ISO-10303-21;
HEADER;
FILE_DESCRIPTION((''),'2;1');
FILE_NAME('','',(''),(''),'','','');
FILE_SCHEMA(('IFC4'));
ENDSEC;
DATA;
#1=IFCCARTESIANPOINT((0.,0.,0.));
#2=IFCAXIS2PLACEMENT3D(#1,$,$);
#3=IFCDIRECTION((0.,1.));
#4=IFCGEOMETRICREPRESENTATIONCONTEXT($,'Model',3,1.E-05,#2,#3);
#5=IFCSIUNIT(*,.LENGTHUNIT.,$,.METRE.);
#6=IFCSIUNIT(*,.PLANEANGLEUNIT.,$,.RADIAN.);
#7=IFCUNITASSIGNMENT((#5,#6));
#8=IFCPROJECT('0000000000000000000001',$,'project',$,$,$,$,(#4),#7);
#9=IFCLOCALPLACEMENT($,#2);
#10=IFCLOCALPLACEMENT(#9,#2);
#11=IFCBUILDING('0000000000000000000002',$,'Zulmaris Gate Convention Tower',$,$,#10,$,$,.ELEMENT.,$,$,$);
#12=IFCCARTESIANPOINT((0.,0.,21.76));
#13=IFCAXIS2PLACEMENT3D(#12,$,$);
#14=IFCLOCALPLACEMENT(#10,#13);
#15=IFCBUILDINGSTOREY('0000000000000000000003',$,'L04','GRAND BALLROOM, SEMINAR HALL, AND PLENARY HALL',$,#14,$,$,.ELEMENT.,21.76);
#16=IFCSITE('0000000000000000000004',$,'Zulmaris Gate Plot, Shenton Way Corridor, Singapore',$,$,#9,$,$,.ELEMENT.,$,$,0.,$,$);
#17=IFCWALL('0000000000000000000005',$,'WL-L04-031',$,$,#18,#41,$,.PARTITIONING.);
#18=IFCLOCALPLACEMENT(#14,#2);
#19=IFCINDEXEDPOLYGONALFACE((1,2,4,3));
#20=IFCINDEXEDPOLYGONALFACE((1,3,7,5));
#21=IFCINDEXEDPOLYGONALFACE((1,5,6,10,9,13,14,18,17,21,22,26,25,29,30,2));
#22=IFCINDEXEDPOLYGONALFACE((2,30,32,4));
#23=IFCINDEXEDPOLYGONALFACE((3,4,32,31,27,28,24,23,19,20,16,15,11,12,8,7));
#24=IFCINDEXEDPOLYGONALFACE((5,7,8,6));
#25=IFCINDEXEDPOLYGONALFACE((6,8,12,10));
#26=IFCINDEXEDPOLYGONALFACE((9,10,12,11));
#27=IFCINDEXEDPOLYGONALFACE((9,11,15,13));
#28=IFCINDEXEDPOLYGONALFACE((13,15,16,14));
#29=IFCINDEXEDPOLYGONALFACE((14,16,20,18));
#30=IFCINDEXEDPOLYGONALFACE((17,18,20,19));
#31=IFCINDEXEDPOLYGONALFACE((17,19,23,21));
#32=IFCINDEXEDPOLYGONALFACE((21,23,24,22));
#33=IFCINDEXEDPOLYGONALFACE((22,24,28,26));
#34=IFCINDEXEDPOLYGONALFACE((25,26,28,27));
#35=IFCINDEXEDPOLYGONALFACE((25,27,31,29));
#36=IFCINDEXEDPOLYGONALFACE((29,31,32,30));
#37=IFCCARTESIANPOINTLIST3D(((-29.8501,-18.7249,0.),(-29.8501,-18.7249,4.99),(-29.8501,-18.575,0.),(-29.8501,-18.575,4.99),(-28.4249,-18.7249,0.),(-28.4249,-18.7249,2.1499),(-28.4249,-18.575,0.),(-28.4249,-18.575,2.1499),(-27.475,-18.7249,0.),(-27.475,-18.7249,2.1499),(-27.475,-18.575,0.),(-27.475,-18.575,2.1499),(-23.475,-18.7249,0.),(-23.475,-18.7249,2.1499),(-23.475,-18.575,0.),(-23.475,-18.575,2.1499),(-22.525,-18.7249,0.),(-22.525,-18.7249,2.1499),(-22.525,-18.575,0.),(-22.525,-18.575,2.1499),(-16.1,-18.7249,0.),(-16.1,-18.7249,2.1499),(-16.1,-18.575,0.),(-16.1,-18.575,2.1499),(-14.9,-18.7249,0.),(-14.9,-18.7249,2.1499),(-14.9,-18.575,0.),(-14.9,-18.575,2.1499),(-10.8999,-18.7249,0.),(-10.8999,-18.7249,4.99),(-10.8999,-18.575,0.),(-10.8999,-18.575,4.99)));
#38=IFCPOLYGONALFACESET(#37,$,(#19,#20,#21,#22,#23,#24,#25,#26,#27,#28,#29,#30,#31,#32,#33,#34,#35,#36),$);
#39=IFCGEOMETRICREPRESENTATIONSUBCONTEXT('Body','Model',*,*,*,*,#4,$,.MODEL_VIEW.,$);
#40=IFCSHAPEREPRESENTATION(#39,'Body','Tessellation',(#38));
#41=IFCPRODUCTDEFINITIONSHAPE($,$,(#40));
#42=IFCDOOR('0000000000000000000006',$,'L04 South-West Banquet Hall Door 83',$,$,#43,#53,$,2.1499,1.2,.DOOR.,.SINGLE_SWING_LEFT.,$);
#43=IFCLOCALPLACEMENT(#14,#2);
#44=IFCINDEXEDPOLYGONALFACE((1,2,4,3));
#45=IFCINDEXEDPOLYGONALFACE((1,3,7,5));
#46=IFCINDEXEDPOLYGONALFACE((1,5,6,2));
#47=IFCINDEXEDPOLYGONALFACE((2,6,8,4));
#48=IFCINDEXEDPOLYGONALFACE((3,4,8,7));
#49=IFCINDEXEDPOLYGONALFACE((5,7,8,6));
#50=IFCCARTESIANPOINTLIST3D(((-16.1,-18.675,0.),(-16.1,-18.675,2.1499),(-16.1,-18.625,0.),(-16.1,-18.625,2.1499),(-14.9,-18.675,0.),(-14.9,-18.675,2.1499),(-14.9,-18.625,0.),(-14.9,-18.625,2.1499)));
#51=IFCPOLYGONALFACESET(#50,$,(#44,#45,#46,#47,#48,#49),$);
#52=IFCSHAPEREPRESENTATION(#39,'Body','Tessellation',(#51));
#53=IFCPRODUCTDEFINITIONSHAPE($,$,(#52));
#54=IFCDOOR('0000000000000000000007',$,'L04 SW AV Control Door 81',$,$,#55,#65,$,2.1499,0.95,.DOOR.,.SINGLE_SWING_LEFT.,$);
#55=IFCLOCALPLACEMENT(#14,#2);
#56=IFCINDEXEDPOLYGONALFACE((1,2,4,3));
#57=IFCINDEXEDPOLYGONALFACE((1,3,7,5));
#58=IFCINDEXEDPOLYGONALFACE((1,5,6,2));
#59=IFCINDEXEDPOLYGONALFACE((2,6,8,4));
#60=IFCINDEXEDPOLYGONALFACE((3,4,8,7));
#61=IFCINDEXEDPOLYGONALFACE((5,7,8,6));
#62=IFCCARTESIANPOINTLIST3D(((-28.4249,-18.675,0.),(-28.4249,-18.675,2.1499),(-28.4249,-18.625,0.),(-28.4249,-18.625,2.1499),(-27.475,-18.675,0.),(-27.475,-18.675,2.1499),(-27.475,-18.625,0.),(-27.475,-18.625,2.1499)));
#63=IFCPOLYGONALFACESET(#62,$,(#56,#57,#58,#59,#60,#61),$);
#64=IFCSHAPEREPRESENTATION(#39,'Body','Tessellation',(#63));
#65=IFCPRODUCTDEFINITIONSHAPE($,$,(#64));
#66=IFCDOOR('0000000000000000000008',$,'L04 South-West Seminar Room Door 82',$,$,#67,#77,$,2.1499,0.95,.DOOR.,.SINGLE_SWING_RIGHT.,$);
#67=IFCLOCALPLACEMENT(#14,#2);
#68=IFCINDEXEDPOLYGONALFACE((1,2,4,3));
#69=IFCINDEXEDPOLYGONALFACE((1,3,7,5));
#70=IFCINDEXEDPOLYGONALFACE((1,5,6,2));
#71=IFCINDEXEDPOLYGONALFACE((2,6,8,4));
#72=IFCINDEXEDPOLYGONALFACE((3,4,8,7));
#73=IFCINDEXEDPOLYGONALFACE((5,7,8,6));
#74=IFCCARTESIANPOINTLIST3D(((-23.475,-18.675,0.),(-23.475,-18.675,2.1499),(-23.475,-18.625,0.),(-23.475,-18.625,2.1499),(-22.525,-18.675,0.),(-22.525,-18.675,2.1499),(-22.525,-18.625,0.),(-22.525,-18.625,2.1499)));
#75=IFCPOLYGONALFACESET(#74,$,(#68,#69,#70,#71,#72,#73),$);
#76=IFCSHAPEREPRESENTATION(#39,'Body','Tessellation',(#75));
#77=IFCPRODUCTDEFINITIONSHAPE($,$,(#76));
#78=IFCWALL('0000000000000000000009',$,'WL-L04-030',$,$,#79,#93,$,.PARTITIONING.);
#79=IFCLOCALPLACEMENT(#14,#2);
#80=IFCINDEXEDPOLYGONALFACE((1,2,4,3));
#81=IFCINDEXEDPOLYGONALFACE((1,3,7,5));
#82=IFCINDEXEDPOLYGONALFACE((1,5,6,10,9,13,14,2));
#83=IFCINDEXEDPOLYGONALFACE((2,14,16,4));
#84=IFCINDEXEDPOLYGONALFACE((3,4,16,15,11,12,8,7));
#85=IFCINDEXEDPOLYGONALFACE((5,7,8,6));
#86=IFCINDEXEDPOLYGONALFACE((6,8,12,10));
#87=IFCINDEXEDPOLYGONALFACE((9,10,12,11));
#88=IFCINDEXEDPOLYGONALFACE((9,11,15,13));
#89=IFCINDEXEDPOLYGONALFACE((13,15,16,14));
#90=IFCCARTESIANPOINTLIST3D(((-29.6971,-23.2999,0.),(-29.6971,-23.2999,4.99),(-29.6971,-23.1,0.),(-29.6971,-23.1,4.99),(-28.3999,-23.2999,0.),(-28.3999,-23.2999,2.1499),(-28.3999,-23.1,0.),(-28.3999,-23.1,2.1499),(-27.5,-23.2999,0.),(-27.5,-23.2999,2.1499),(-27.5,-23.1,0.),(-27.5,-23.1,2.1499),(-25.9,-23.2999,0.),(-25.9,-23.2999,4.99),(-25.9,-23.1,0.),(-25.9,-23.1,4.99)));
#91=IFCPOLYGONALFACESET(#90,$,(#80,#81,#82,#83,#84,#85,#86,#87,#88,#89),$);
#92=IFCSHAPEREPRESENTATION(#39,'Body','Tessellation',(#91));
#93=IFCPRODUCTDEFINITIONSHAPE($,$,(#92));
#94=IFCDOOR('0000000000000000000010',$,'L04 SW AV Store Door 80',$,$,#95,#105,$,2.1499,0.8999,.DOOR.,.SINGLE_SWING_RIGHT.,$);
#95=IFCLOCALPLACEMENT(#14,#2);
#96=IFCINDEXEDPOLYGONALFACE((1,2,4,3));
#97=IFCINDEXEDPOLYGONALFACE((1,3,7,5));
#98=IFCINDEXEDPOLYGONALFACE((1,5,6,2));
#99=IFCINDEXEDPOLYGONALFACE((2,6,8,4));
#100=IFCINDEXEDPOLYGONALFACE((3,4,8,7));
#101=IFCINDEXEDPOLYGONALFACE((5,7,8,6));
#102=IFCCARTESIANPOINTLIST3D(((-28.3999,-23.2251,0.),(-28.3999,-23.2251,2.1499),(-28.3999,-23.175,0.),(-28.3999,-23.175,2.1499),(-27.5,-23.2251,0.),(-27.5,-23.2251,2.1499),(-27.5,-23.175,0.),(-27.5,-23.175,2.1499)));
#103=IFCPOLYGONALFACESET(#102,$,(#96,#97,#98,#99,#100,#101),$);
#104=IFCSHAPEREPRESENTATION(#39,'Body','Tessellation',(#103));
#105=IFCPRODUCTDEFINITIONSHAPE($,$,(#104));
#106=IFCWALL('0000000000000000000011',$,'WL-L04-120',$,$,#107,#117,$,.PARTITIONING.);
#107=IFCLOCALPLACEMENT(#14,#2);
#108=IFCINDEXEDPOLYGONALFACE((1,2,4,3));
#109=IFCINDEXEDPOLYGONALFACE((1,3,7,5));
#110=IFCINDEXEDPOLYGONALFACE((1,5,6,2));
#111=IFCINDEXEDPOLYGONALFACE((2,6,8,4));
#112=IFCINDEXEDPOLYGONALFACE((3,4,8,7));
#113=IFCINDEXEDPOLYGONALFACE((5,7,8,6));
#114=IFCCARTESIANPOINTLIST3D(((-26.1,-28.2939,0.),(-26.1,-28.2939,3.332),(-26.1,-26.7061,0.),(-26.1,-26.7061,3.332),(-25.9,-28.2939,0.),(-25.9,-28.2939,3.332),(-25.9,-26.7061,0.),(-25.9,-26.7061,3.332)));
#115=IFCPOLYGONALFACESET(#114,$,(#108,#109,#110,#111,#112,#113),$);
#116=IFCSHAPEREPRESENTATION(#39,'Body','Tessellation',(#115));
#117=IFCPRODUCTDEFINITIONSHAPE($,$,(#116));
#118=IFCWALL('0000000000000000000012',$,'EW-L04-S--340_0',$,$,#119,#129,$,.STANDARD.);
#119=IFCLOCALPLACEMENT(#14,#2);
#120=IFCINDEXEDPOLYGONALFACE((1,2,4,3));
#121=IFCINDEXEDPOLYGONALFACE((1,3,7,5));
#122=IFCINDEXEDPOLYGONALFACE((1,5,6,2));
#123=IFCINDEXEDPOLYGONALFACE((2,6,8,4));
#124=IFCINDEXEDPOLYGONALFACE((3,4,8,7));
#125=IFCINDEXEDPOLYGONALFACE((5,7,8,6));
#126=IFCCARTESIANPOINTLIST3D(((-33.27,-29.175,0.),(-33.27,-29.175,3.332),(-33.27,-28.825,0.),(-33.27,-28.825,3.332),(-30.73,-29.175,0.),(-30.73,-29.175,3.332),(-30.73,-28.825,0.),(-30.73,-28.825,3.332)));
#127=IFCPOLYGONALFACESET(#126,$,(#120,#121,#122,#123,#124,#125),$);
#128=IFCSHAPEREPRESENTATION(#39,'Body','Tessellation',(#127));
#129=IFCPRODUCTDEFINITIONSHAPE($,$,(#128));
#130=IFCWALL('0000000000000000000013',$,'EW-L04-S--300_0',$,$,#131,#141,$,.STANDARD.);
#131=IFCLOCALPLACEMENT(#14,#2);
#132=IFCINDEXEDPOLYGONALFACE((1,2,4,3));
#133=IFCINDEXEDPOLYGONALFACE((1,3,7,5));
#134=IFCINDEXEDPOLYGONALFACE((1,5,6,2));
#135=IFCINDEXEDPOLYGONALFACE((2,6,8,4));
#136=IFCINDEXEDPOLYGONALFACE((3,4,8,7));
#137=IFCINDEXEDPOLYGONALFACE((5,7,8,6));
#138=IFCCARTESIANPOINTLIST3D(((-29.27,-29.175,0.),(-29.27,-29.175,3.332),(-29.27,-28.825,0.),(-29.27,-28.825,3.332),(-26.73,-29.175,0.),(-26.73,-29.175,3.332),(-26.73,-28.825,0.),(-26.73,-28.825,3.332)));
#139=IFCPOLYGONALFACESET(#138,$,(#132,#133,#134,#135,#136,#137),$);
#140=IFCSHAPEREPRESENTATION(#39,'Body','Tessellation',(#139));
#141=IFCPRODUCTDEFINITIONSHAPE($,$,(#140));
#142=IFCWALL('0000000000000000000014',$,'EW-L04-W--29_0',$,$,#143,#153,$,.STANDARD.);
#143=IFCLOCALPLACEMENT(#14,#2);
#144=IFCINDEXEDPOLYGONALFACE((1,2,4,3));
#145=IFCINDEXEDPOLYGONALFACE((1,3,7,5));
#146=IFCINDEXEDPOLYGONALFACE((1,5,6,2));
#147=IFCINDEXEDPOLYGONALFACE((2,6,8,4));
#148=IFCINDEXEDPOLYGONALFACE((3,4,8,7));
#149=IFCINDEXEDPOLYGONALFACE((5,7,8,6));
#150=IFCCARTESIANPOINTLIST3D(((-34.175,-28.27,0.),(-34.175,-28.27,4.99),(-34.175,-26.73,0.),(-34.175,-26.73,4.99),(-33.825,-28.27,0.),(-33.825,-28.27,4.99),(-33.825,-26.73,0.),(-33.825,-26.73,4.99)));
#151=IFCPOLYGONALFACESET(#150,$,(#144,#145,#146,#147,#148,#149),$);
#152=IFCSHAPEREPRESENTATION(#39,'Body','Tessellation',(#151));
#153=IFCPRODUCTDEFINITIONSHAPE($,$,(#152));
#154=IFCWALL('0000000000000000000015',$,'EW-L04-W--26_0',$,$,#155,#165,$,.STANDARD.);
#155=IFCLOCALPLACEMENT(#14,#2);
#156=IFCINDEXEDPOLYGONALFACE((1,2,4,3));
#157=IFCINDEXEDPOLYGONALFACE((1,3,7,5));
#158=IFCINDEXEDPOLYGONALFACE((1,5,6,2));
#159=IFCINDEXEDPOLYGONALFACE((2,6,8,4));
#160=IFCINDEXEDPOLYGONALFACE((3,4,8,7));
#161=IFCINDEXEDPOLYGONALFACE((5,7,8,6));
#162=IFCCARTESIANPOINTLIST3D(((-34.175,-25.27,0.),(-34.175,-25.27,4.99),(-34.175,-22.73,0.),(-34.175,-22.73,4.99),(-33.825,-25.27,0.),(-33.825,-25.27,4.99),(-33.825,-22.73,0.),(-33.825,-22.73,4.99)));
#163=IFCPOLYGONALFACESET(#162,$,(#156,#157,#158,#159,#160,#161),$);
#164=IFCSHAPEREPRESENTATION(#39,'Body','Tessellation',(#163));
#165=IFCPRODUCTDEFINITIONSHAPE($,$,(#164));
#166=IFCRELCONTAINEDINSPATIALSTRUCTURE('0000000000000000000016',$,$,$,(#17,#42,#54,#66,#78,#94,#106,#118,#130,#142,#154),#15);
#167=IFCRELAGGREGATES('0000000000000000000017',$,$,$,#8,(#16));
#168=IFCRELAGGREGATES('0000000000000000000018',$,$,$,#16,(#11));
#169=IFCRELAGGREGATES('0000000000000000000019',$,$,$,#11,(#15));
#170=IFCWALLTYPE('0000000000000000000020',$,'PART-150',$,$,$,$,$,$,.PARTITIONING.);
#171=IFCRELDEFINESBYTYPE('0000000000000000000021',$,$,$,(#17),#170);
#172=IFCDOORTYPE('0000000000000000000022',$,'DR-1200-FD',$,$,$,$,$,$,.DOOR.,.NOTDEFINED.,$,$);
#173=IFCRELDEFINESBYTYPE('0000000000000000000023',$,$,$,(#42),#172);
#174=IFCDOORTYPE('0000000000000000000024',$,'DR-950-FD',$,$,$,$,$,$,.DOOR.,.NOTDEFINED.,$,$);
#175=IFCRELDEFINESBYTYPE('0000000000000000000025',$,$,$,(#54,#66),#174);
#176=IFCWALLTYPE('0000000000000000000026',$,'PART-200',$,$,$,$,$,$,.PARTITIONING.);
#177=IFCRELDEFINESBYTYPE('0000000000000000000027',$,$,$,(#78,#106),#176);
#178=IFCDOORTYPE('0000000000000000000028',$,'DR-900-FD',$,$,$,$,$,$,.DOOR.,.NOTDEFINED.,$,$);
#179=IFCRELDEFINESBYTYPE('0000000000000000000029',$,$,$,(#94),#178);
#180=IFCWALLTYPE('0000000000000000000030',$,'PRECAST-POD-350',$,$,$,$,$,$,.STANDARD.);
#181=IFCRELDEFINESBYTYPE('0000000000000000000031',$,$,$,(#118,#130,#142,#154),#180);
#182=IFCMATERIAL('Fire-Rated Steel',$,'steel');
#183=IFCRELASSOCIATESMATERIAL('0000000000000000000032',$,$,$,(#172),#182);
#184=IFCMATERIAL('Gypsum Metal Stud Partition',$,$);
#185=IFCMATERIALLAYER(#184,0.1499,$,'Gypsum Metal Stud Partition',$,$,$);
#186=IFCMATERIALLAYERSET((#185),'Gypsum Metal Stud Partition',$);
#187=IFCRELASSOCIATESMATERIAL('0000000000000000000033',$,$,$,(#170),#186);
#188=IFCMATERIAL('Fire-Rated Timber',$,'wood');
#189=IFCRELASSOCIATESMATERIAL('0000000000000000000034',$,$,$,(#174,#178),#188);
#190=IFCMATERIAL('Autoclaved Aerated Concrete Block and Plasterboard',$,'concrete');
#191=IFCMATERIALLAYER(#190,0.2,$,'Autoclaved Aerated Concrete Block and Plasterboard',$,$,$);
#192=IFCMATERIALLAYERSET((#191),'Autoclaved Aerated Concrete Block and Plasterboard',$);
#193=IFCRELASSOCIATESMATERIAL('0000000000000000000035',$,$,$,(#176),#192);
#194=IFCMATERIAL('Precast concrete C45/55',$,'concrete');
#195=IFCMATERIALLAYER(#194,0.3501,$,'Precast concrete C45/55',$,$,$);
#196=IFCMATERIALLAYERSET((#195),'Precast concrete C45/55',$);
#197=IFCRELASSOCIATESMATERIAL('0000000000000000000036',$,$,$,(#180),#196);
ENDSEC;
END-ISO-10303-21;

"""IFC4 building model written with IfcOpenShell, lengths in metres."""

from ifc_helpers import new_model, si_unit, direction, frame, frame_2d, origin, place, context, subcontext, project, spatial, rectangle, extrude, material, layer, layer_set, type_object, element, fill, save


model = new_model("IFC4")

# Units and contexts
model_context = context("Model", 3, precision=1e-05, world=origin(), true_north=direction((0.0, 1.0)))
body_context = subcontext(model_context, "Body", "Model", "MODEL_VIEW")
ifc_project = project(units=[si_unit("LENGTHUNIT", "METRE"), si_unit("PLANEANGLEUNIT", "RADIAN")], contexts=[model_context])

# Site, building, storey
site_placement = place(None, origin())
site = spatial("IfcSite", under=ifc_project, at=site_placement, Name="Zulmaris Gate Plot, Shenton Way Corridor, Singapore", CompositionType="ELEMENT", RefElevation=0.0)
building_placement = place(site_placement, origin())
building = spatial("IfcBuilding", under=site, at=building_placement, Name="Zulmaris Gate Convention Tower", CompositionType="ELEMENT")
storey_placement = place(building_placement, frame((0.0, 0.0, 21.76)))
storey = spatial("IfcBuildingStorey", under=building, at=storey_placement, Name="L04", Description="GRAND BALLROOM, SEMINAR HALL, AND PLENARY HALL", CompositionType="ELEMENT", Elevation=21.76)

# Shared definitions
ifc_material_1 = material(Name="Fire-Rated Steel", Category="steel")
door_type_1 = type_object("IfcDoorType", Name="DR-1200-FD", OperationType="NOTDEFINED", PredefinedType="DOOR", material=ifc_material_1)

# Wall, openings, doors
ifc_material_2 = material(Name="Gypsum Metal Stud Partition")
ifc_layer_1 = layer(ifc_material_2, 0.1499, Name="Gypsum Metal Stud Partition")
ifc_layer_set_1 = layer_set([ifc_layer_1], Name="Gypsum Metal Stud Partition")
wall_type_1 = type_object("IfcWallType", Name="PART-150", PredefinedType="PARTITIONING", material=ifc_layer_set_1)
wall_1_placement = place(storey_placement, frame((-29.8501, -18.6499, 0.0), z_axis=(0.0, 0.0, 1.0), x_axis=(1.0, 0.0, 0.0)))
wall_1 = element("IfcWall", 1, at=wall_1_placement, inside=storey, type_object=wall_type_1, Name="WL-L04-031", PredefinedType="PARTITIONING", context=body_context, shape_type="SweptSolid", body=[
    extrude(rectangle(XDim=18.9502, YDim=0.1499, at=frame_2d((9.4751, 0.0))), origin(), (0.0, 0.0, 1.0), 4.99),
])
opening_1_placement = place(wall_1_placement, frame((1.425, 0.0, 0.0)))
opening_1 = element("IfcOpeningElement", 2, at=opening_1_placement, cuts=wall_1, PredefinedType="OPENING", context=body_context, shape_type="SweptSolid", body=[
    extrude(rectangle(XDim=0.95, YDim=2.1499, at=frame_2d((0.4751, 1.075))), frame((0.0, 0.085, 0.0), z_axis=(0.0, -1.0, 0.0), x_axis=(1.0, 0.0, 0.0)), (0.0, 0.0, 1.0), 0.1699),
])
opening_2_placement = place(wall_1_placement, frame((6.375, 0.0, 0.0)))
opening_2 = element("IfcOpeningElement", 3, at=opening_2_placement, cuts=wall_1, PredefinedType="OPENING", context=body_context, shape_type="SweptSolid", body=[
    extrude(rectangle(XDim=0.95, YDim=2.1499, at=frame_2d((0.4751, 1.075))), frame((0.0, 0.085, 0.0), z_axis=(0.0, -1.0, 0.0), x_axis=(1.0, 0.0, 0.0)), (0.0, 0.0, 1.0), 0.1699),
])
opening_3_placement = place(wall_1_placement, frame((13.75, 0.0, 0.0)))
opening_3 = element("IfcOpeningElement", 4, at=opening_3_placement, cuts=wall_1, PredefinedType="OPENING", context=body_context, shape_type="SweptSolid", body=[
    extrude(rectangle(XDim=1.2, YDim=2.1499, at=frame_2d((0.6001, 1.075))), frame((0.0, 0.085, 0.0), z_axis=(0.0, -1.0, 0.0), x_axis=(1.0, 0.0, 0.0)), (0.0, 0.0, 1.0), 0.1699),
])
door_1_placement = place(opening_3_placement, origin())
door_1 = element("IfcDoor", 5, at=door_1_placement, inside=storey, type_object=door_type_1, Name="L04 South-West Banquet Hall Door 83", OperationType="SINGLE_SWING_LEFT", OverallHeight=2.1499, OverallWidth=1.2, PredefinedType="DOOR", context=body_context, shape_type="SweptSolid", body=[
    extrude(rectangle(XDim=1.2, YDim=2.1499, at=frame_2d((0.6001, 1.075))), frame((0.0, 0.0249, 0.0), z_axis=(0.0, -1.0, 0.0), x_axis=(1.0, 0.0, 0.0)), (0.0, 0.0, 1.0), 0.05),
])
fill(opening_3, door_1)
ifc_material_3 = material(Name="Fire-Rated Timber", Category="wood")
door_type_2 = type_object("IfcDoorType", Name="DR-950-FD", OperationType="NOTDEFINED", PredefinedType="DOOR", material=ifc_material_3)
door_2_placement = place(opening_1_placement, origin())
door_2 = element("IfcDoor", 6, at=door_2_placement, inside=storey, type_object=door_type_2, Name="L04 SW AV Control Door 81", OperationType="SINGLE_SWING_LEFT", OverallHeight=2.1499, OverallWidth=0.95, PredefinedType="DOOR", context=body_context, shape_type="SweptSolid", body=[
    extrude(rectangle(XDim=0.95, YDim=2.1499, at=frame_2d((0.4751, 1.075))), frame((0.0, 0.0249, 0.0), z_axis=(0.0, -1.0, 0.0), x_axis=(1.0, 0.0, 0.0)), (0.0, 0.0, 1.0), 0.05),
])
fill(opening_1, door_2)
door_3_placement = place(opening_2_placement, origin())
door_3 = element("IfcDoor", 7, at=door_3_placement, inside=storey, type_object=door_type_2, Name="L04 South-West Seminar Room Door 82", OperationType="SINGLE_SWING_RIGHT", OverallHeight=2.1499, OverallWidth=0.95, PredefinedType="DOOR", context=body_context, shape_type="SweptSolid", body=[
    extrude(rectangle(XDim=0.95, YDim=2.1499, at=frame_2d((0.4751, 1.075))), frame((0.0, 0.0249, 0.0), z_axis=(0.0, -1.0, 0.0), x_axis=(1.0, 0.0, 0.0)), (0.0, 0.0, 1.0), 0.05),
])
fill(opening_2, door_3)

# Wall, opening, door
ifc_material_4 = material(Name="Autoclaved Aerated Concrete Block and Plasterboard", Category="concrete")
ifc_layer_2 = layer(ifc_material_4, 0.2, Name="Autoclaved Aerated Concrete Block and Plasterboard")
ifc_layer_set_2 = layer_set([ifc_layer_2], Name="Autoclaved Aerated Concrete Block and Plasterboard")
wall_type_2 = type_object("IfcWallType", Name="PART-200", PredefinedType="PARTITIONING", material=ifc_layer_set_2)
wall_2_placement = place(storey_placement, frame((-29.697, -23.2, 0.0), z_axis=(0.0, 0.0, 1.0), x_axis=(1.0, 0.0, 0.0)))
wall_2 = element("IfcWall", 8, at=wall_2_placement, inside=storey, type_object=wall_type_2, Name="WL-L04-030", PredefinedType="PARTITIONING", context=body_context, shape_type="SweptSolid", body=[
    extrude(rectangle(XDim=3.7971, YDim=0.2, at=frame_2d((1.8984, 0.0))), origin(), (0.0, 0.0, 1.0), 4.99),
])
opening_4_placement = place(wall_2_placement, frame((1.2971, 0.0, 0.0)))
opening_4 = element("IfcOpeningElement", 9, at=opening_4_placement, cuts=wall_2, PredefinedType="OPENING", context=body_context, shape_type="SweptSolid", body=[
    extrude(rectangle(XDim=0.8999, YDim=2.1499, at=frame_2d((0.45, 1.075))), frame((0.0, 0.1099, 0.0), z_axis=(0.0, -1.0, 0.0), x_axis=(1.0, 0.0, 0.0)), (0.0, 0.0, 1.0), 0.22),
])
door_type_3 = type_object("IfcDoorType", Name="DR-900-FD", OperationType="NOTDEFINED", PredefinedType="DOOR", material=ifc_material_3)
door_4_placement = place(opening_4_placement, origin())
door_4 = element("IfcDoor", 10, at=door_4_placement, inside=storey, type_object=door_type_3, Name="L04 SW AV Store Door 80", OperationType="SINGLE_SWING_RIGHT", OverallHeight=2.1499, OverallWidth=0.8999, PredefinedType="DOOR", context=body_context, shape_type="SweptSolid", body=[
    extrude(rectangle(XDim=0.8999, YDim=2.1499, at=frame_2d((0.45, 1.075))), frame((0.0, 0.0249, 0.0), z_axis=(0.0, -1.0, 0.0), x_axis=(1.0, 0.0, 0.0)), (0.0, 0.0, 1.0), 0.05),
])
fill(opening_4, door_4)

# Walls
wall_3_placement = place(storey_placement, frame((-26.0, -28.2939, 0.0), z_axis=(0.0, 0.0, 1.0), x_axis=(0.0, 1.0, 0.0)))
element("IfcWall", 11, at=wall_3_placement, inside=storey, type_object=wall_type_2, Name="WL-L04-120", PredefinedType="PARTITIONING", context=body_context, shape_type="SweptSolid", body=[
    extrude(rectangle(XDim=1.5879, YDim=0.2, at=frame_2d((0.7939, 0.0))), origin(), (0.0, 0.0, 1.0), 3.332),
])
ifc_material_5 = material(Name="Precast concrete C45/55", Category="concrete")
ifc_layer_3 = layer(ifc_material_5, 0.3501, Name="Precast concrete C45/55")
ifc_layer_set_3 = layer_set([ifc_layer_3], Name="Precast concrete C45/55")
wall_type_3 = type_object("IfcWallType", Name="PRECAST-POD-350", PredefinedType="STANDARD", material=ifc_layer_set_3)
for number, where, z_axis, x_axis, name in (
    (12, (-33.27, -29.0, 0.0), (0.0, 0.0, 1.0), (1.0, 0.0, 0.0), "EW-L04-S--340_0"),
    (13, (-29.27, -29.0, 0.0), (0.0, 0.0, 1.0), (1.0, 0.0, 0.0), "EW-L04-S--300_0"),
):
    element("IfcWall", number, at=place(storey_placement, frame(where, z_axis=z_axis, x_axis=x_axis)), inside=storey, type_object=wall_type_3, Name=name, PredefinedType="STANDARD", context=body_context, shape_type="SweptSolid", body=[
        extrude(rectangle(XDim=2.54, YDim=0.3501, at=frame_2d((1.27, 0.0))), origin(), (0.0, 0.0, 1.0), 3.332),
    ])
wall_4_placement = place(storey_placement, frame((-34.0, -28.27, 0.0), z_axis=(0.0, 0.0, 1.0), x_axis=(0.0, 1.0, 0.0)))
element("IfcWall", 14, at=wall_4_placement, inside=storey, type_object=wall_type_3, Name="EW-L04-W--29_0", PredefinedType="STANDARD", context=body_context, shape_type="SweptSolid", body=[
    extrude(rectangle(XDim=1.54, YDim=0.3501, at=frame_2d((0.77, 0.0))), origin(), (0.0, 0.0, 1.0), 4.99),
])
wall_5_placement = place(storey_placement, frame((-34.0, -25.27, 0.0), z_axis=(0.0, 0.0, 1.0), x_axis=(0.0, 1.0, 0.0)))
element("IfcWall", 15, at=wall_5_placement, inside=storey, type_object=wall_type_3, Name="EW-L04-W--26_0", PredefinedType="STANDARD", context=body_context, shape_type="SweptSolid", body=[
    extrude(rectangle(XDim=2.54, YDim=0.3501, at=frame_2d((1.27, 0.0))), origin(), (0.0, 0.0, 1.0), 4.99),
])

save(model, "model.ifc")
